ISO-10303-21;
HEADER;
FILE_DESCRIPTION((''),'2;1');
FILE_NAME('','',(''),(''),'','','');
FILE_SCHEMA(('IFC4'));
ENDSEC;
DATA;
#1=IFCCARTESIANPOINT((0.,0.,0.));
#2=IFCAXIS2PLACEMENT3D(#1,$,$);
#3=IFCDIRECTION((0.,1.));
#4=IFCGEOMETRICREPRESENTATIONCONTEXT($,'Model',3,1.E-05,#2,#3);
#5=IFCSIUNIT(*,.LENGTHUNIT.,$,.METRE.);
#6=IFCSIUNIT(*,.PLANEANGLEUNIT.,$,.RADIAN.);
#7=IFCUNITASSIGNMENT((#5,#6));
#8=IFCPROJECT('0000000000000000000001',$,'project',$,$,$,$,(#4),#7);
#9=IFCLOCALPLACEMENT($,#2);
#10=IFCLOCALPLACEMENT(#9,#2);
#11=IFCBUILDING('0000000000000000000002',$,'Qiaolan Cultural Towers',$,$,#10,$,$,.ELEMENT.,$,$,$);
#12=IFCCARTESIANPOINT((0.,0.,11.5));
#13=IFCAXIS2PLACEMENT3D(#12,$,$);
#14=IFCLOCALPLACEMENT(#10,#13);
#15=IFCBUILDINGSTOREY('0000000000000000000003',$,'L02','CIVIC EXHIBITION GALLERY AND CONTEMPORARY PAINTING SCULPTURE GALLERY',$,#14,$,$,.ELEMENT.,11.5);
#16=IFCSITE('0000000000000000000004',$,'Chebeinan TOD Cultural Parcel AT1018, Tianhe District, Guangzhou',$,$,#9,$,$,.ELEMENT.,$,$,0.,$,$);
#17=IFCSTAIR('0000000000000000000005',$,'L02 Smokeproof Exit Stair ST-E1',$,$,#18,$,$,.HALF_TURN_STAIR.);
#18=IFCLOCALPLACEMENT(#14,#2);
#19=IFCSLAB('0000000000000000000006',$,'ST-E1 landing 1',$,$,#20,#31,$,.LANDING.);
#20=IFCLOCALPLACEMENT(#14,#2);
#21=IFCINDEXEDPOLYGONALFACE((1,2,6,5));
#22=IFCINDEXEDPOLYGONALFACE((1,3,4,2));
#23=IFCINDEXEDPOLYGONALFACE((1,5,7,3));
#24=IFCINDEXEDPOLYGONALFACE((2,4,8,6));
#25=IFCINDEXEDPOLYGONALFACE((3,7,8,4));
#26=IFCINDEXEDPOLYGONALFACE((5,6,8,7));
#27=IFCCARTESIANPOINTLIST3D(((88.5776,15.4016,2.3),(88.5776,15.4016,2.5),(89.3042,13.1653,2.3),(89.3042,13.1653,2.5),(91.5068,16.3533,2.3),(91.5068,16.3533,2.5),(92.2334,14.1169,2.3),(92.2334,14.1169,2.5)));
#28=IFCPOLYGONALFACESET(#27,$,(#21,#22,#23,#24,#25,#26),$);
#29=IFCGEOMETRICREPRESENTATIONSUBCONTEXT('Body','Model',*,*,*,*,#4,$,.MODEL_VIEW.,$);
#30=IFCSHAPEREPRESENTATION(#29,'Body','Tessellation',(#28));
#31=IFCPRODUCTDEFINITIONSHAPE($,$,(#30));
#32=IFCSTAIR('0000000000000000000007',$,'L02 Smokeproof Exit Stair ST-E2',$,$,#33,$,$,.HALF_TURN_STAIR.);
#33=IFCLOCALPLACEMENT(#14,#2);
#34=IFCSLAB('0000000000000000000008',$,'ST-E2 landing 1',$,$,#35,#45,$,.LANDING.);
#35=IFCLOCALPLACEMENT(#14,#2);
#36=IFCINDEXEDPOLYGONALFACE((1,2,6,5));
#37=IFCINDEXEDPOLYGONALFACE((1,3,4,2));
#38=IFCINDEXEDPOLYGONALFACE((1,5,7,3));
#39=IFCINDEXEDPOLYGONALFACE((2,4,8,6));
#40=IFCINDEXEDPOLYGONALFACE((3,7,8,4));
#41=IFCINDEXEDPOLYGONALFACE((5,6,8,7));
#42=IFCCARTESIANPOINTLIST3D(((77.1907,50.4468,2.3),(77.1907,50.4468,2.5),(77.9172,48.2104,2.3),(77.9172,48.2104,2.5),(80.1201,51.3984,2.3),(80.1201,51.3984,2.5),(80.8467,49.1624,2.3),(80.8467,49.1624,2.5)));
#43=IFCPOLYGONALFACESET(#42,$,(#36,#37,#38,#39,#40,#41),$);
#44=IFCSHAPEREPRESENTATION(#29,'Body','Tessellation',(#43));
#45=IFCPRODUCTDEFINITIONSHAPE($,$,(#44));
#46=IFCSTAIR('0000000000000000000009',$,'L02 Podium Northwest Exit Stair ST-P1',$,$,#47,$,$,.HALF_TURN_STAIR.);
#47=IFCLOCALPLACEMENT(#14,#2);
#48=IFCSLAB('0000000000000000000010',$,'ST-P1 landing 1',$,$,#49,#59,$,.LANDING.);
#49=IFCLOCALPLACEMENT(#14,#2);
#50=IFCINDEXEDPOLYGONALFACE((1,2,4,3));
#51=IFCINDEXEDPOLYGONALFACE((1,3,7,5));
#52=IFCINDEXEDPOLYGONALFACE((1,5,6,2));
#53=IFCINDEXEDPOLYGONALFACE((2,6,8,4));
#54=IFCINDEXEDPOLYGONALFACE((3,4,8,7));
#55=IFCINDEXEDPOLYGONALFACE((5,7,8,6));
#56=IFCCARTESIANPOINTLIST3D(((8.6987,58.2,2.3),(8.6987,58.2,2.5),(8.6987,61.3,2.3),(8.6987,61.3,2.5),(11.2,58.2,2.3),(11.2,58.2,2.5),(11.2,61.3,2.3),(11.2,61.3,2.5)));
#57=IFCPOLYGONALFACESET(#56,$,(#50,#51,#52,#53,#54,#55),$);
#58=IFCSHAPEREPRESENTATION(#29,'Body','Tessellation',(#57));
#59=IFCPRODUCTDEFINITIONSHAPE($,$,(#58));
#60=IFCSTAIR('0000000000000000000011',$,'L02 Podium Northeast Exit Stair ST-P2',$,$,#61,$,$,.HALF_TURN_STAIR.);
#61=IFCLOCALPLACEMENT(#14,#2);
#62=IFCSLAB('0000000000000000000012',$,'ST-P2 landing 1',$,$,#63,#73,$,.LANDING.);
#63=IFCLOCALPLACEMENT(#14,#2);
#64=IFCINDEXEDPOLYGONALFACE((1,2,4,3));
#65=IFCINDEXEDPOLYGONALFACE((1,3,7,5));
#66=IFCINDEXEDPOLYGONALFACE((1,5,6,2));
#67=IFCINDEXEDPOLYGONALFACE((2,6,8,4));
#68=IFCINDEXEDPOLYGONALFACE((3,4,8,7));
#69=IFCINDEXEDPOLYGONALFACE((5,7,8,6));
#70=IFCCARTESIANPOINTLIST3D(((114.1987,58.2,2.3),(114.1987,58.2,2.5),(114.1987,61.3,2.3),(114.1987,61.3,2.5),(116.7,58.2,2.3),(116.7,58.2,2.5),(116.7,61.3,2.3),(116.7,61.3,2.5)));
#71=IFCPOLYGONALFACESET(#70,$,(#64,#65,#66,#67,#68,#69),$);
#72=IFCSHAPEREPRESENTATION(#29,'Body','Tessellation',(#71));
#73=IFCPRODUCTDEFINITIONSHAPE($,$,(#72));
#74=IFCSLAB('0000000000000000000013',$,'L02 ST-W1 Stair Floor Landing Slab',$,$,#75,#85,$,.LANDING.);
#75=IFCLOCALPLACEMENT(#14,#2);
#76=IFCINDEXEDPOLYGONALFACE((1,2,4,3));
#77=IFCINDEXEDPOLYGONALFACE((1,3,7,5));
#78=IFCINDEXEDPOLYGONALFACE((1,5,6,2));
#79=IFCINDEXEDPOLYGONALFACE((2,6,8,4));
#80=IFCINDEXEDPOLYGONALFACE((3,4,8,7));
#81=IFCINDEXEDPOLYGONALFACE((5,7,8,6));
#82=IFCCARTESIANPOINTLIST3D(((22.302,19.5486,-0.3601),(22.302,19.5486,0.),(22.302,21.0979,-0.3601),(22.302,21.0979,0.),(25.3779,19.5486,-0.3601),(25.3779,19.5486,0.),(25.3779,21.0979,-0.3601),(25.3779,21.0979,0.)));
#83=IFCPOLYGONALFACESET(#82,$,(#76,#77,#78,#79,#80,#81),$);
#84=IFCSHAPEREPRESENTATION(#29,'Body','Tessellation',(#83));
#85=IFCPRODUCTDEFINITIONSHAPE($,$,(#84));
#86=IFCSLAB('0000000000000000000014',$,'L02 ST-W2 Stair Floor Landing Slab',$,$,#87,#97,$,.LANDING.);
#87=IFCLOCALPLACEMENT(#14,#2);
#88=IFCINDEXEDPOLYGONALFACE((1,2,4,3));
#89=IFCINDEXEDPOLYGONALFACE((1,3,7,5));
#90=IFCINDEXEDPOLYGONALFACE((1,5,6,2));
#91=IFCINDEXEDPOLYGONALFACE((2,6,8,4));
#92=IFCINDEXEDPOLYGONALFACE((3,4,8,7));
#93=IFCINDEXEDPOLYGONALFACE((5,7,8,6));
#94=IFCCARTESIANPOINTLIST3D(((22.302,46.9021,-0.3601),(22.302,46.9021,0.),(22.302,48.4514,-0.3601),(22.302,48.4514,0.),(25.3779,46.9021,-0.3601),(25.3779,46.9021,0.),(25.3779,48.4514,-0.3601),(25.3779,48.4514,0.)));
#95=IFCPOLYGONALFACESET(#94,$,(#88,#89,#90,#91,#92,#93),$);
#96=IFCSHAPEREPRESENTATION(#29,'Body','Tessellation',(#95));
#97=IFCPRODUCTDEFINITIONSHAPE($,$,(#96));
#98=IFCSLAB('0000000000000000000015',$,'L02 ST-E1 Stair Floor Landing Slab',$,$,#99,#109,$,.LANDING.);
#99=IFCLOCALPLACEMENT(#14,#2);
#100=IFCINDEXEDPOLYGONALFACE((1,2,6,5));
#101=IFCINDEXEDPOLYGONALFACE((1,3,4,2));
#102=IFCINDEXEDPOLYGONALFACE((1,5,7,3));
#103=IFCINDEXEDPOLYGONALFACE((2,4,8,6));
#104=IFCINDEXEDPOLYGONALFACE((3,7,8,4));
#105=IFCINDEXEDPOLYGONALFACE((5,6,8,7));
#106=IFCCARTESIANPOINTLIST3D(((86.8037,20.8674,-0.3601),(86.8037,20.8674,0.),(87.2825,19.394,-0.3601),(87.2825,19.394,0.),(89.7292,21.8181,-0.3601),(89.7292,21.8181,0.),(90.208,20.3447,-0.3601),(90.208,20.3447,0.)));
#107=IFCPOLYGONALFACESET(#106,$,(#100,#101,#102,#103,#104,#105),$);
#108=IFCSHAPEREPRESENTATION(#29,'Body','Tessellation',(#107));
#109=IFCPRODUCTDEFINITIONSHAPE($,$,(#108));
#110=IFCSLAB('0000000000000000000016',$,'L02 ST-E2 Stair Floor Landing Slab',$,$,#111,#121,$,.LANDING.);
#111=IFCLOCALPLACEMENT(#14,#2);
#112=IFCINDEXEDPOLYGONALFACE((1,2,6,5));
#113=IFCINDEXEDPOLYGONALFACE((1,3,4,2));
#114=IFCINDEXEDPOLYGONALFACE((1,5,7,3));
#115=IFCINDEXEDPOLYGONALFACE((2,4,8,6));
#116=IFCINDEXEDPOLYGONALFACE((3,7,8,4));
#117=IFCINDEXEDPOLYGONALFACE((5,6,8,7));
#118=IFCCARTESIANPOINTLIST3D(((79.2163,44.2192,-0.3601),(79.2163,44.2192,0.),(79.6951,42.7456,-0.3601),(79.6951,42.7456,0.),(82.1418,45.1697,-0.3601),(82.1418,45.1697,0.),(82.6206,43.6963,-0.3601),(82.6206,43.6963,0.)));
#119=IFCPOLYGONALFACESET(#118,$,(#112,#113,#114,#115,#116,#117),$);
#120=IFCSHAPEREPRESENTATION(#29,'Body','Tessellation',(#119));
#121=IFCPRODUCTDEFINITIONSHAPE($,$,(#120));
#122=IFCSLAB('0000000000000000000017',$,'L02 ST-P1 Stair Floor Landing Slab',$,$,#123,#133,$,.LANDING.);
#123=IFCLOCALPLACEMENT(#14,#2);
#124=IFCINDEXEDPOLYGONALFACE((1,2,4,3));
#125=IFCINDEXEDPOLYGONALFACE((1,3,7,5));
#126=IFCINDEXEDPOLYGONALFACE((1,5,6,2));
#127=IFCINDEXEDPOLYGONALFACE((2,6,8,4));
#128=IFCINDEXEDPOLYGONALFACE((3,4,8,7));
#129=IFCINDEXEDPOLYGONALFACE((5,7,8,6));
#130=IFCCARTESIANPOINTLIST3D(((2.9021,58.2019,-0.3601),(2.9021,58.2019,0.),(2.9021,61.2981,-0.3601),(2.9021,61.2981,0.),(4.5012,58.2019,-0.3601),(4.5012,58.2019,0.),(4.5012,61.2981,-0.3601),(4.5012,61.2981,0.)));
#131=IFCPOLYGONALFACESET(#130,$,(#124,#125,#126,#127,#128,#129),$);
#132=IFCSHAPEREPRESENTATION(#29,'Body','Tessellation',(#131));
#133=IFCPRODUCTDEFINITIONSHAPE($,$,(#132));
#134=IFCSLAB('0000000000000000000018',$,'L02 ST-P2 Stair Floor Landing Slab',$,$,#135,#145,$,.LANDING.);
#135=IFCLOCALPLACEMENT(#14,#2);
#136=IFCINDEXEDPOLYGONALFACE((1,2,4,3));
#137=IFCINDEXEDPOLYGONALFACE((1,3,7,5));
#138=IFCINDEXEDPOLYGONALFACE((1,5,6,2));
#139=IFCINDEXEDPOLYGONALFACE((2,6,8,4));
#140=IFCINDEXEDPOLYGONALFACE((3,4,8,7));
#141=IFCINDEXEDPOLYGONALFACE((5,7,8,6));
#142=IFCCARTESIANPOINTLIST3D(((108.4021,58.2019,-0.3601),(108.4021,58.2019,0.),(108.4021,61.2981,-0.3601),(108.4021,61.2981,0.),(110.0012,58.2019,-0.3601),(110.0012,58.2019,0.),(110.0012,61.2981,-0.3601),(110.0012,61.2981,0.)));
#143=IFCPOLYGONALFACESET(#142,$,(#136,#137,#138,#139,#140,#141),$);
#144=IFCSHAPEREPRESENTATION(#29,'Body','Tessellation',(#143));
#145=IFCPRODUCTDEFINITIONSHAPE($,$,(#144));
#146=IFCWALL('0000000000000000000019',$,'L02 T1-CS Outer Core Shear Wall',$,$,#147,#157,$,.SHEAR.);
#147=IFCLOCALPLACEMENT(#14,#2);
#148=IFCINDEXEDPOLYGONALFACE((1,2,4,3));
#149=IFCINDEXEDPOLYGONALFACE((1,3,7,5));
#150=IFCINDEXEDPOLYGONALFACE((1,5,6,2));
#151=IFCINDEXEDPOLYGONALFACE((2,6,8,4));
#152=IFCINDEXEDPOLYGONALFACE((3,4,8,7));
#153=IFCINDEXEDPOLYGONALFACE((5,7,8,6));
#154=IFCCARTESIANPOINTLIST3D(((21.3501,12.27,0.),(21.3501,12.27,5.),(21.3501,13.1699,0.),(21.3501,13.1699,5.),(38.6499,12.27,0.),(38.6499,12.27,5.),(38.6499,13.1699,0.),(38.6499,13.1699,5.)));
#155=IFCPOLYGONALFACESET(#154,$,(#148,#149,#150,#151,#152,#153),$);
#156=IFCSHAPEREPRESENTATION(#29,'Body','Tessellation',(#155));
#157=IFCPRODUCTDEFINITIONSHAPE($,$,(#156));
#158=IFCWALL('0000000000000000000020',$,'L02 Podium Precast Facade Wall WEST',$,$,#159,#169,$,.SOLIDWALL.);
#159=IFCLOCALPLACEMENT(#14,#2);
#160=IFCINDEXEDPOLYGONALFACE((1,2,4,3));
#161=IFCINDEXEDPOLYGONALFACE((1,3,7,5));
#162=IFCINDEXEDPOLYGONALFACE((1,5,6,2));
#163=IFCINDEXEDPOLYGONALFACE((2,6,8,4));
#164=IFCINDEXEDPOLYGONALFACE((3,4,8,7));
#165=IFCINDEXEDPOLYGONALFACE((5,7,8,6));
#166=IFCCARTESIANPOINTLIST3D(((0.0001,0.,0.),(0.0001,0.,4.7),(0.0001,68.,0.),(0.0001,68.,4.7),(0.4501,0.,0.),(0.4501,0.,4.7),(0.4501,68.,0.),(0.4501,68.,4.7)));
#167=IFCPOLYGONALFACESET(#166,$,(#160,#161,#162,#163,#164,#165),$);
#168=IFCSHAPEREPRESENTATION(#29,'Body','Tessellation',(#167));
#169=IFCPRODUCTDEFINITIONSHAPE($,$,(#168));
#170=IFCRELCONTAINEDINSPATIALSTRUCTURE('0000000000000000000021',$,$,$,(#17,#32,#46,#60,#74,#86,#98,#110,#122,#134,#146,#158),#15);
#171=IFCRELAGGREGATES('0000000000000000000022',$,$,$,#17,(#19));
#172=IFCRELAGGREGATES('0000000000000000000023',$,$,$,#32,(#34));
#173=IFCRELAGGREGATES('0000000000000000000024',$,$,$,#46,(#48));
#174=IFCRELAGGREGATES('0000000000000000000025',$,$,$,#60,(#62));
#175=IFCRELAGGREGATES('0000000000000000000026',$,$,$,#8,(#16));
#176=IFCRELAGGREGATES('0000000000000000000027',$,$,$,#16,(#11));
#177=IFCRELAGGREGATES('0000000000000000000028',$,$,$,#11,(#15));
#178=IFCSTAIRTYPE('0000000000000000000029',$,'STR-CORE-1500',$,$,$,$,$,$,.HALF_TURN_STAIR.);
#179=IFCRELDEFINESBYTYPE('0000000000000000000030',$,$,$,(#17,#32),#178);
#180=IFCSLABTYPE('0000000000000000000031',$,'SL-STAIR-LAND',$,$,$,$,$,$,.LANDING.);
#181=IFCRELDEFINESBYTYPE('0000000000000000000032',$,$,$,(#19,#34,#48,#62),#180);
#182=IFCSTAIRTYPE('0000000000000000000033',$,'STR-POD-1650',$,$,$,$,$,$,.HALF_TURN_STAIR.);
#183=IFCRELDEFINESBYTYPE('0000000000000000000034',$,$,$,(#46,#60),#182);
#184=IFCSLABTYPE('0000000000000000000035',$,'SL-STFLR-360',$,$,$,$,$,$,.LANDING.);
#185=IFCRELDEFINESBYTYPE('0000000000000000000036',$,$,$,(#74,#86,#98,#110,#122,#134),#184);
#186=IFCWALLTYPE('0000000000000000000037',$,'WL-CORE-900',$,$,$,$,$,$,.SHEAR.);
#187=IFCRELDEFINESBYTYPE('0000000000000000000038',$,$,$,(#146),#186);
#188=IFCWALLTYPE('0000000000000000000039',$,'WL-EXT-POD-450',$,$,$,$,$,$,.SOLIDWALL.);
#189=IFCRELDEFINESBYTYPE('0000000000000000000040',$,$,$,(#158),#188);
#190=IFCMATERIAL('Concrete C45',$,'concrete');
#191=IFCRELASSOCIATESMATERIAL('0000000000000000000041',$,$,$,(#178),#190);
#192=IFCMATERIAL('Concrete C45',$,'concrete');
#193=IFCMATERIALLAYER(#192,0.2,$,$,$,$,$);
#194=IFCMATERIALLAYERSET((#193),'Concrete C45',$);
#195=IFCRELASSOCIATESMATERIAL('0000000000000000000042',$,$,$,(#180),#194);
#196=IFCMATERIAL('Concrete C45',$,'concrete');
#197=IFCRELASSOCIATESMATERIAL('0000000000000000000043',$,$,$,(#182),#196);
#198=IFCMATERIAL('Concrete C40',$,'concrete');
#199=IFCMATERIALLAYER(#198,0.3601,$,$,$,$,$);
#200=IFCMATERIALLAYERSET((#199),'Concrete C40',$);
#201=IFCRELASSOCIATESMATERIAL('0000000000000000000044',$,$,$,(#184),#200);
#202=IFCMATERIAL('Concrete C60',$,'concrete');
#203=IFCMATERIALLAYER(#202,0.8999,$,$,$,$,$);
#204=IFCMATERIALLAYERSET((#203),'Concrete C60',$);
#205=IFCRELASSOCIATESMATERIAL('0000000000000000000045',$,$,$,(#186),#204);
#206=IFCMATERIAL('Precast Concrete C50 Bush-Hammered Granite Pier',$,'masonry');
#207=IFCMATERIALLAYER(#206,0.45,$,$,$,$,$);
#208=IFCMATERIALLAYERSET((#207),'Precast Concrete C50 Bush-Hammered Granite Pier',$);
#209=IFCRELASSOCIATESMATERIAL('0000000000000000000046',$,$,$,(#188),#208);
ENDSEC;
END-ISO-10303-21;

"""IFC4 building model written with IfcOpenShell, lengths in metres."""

from ifc_helpers import new_model, si_unit, direction, frame, frame_2d, origin, place, context, subcontext, project, spatial, polyline, rectangle, outline, extrude, material, layer, layer_set, type_object, element, aggregate, save


model = new_model("IFC4")

# Units and contexts
model_context = context("Model", 3, precision=1e-05, world=origin(), true_north=direction((0.0, 1.0)))
body_context = subcontext(model_context, "Body", "Model", "MODEL_VIEW")
ifc_project = project(units=[si_unit("LENGTHUNIT", "METRE"), si_unit("PLANEANGLEUNIT", "RADIAN")], contexts=[model_context])

# Site, building, storey
site_placement = place(None, origin())
site = spatial("IfcSite", under=ifc_project, at=site_placement, Name="Chebeinan TOD Cultural Parcel AT1018, Tianhe District, Guangzhou", CompositionType="ELEMENT", RefElevation=0.0)
building_placement = place(site_placement, origin())
building = spatial("IfcBuilding", under=site, at=building_placement, Name="Qiaolan Cultural Towers", CompositionType="ELEMENT")
storey_placement = place(building_placement, frame((0.0, 0.0, 11.5)))
storey = spatial("IfcBuildingStorey", under=building, at=storey_placement, Name="L02", Description="CIVIC EXHIBITION GALLERY AND CONTEMPORARY PAINTING SCULPTURE GALLERY", CompositionType="ELEMENT", Elevation=11.5)

# Stairs, slabs
ifc_material_1 = material(Name="Concrete C45", Category="concrete")
stair_type_1 = type_object("IfcStairType", Name="STR-CORE-1500", PredefinedType="HALF_TURN_STAIR", material=ifc_material_1)
ifc_material_2 = material(Name="Concrete C45", Category="concrete")
ifc_layer_1 = layer(ifc_material_2, 0.2)
ifc_layer_set_1 = layer_set([ifc_layer_1], Name="Concrete C45")
slab_type_1 = type_object("IfcSlabType", Name="SL-STAIR-LAND", PredefinedType="LANDING", material=ifc_layer_set_1)
stair_1_placement = place(storey_placement, origin())
stair_1 = element("IfcStair", 1, at=stair_1_placement, inside=storey, type_object=stair_type_1, Name="L02 Smokeproof Exit Stair ST-E1", PredefinedType="HALF_TURN_STAIR")
slab_1_placement = place(storey_placement, frame((0.0, 0.0, 2.3)))
slab_1 = element("IfcSlab", 2, at=slab_1_placement, type_object=slab_type_1, Name="ST-E1 landing 1", PredefinedType="LANDING", context=body_context, shape_type="SweptSolid", body=[
    extrude(outline(polyline([(88.5776, 15.4016), (89.3042, 13.1653), (92.2334, 14.1169), (91.5068, 16.3533), (88.5776, 15.4016)])), origin(), (0.0, 0.0, 1.0), 0.2),
])
aggregate(stair_1, [slab_1])
stair_2_placement = place(storey_placement, origin())
stair_2 = element("IfcStair", 3, at=stair_2_placement, inside=storey, type_object=stair_type_1, Name="L02 Smokeproof Exit Stair ST-E2", PredefinedType="HALF_TURN_STAIR")
slab_2_placement = place(storey_placement, frame((0.0, 0.0, 2.3)))
slab_2 = element("IfcSlab", 4, at=slab_2_placement, type_object=slab_type_1, Name="ST-E2 landing 1", PredefinedType="LANDING", context=body_context, shape_type="SweptSolid", body=[
    extrude(outline(polyline([(80.8467, 49.1624), (80.1201, 51.3984), (77.1907, 50.4468), (77.9172, 48.2104), (80.8467, 49.1624)])), origin(), (0.0, 0.0, 1.0), 0.2),
])
aggregate(stair_2, [slab_2])
ifc_material_3 = material(Name="Concrete C45", Category="concrete")
stair_type_2 = type_object("IfcStairType", Name="STR-POD-1650", PredefinedType="HALF_TURN_STAIR", material=ifc_material_3)
stair_3_placement = place(storey_placement, origin())
stair_3 = element("IfcStair", 5, at=stair_3_placement, inside=storey, type_object=stair_type_2, Name="L02 Podium Northwest Exit Stair ST-P1", PredefinedType="HALF_TURN_STAIR")
slab_3_placement = place(storey_placement, frame((0.0, 0.0, 2.3)))
slab_3 = element("IfcSlab", 6, at=slab_3_placement, type_object=slab_type_1, Name="ST-P1 landing 1", PredefinedType="LANDING", context=body_context, shape_type="SweptSolid", body=[
    extrude(outline(polyline([(8.6987, 58.2), (11.2, 58.2), (11.2, 61.3), (8.6987, 61.3), (8.6987, 58.2)])), origin(), (0.0, 0.0, 1.0), 0.2),
])
aggregate(stair_3, [slab_3])
stair_4_placement = place(storey_placement, origin())
stair_4 = element("IfcStair", 7, at=stair_4_placement, inside=storey, type_object=stair_type_2, Name="L02 Podium Northeast Exit Stair ST-P2", PredefinedType="HALF_TURN_STAIR")
slab_4_placement = place(storey_placement, frame((0.0, 0.0, 2.3)))
slab_4 = element("IfcSlab", 8, at=slab_4_placement, type_object=slab_type_1, Name="ST-P2 landing 1", PredefinedType="LANDING", context=body_context, shape_type="SweptSolid", body=[
    extrude(outline(polyline([(114.1987, 58.2), (116.7, 58.2), (116.7, 61.3), (114.1987, 61.3), (114.1987, 58.2)])), origin(), (0.0, 0.0, 1.0), 0.2),
])
aggregate(stair_4, [slab_4])

# Slabs
ifc_material_4 = material(Name="Concrete C40", Category="concrete")
ifc_layer_2 = layer(ifc_material_4, 0.3601)
ifc_layer_set_2 = layer_set([ifc_layer_2], Name="Concrete C40")
slab_type_2 = type_object("IfcSlabType", Name="SL-STFLR-360", PredefinedType="LANDING", material=ifc_layer_set_2)
slab_5_placement = place(storey_placement, frame((0.0, 0.0, -0.3601)))
element("IfcSlab", 9, at=slab_5_placement, inside=storey, type_object=slab_type_2, Name="L02 ST-W1 Stair Floor Landing Slab", PredefinedType="LANDING", context=body_context, shape_type="SweptSolid", body=[
    extrude(outline(polyline([(22.302, 21.0979), (22.302, 19.5486), (25.3779, 19.5486), (25.3779, 21.0979), (22.302, 21.0979)])), origin(), (0.0, 0.0, 1.0), 0.3601),
])
slab_6_placement = place(storey_placement, frame((0.0, 0.0, -0.3601)))
element("IfcSlab", 10, at=slab_6_placement, inside=storey, type_object=slab_type_2, Name="L02 ST-W2 Stair Floor Landing Slab", PredefinedType="LANDING", context=body_context, shape_type="SweptSolid", body=[
    extrude(outline(polyline([(25.3779, 46.9021), (25.3779, 48.4514), (22.302, 48.4514), (22.302, 46.9021), (25.3779, 46.9021)])), origin(), (0.0, 0.0, 1.0), 0.3601),
])
slab_7_placement = place(storey_placement, frame((0.0, 0.0, -0.3601)))
element("IfcSlab", 11, at=slab_7_placement, inside=storey, type_object=slab_type_2, Name="L02 ST-E1 Stair Floor Landing Slab", PredefinedType="LANDING", context=body_context, shape_type="SweptSolid", body=[
    extrude(outline(polyline([(86.8037, 20.8674), (87.2825, 19.394), (90.208, 20.3447), (89.7292, 21.8181), (86.8037, 20.8674)])), origin(), (0.0, 0.0, 1.0), 0.3601),
])
slab_8_placement = place(storey_placement, frame((0.0, 0.0, -0.3601)))
element("IfcSlab", 12, at=slab_8_placement, inside=storey, type_object=slab_type_2, Name="L02 ST-E2 Stair Floor Landing Slab", PredefinedType="LANDING", context=body_context, shape_type="SweptSolid", body=[
    extrude(outline(polyline([(82.6206, 43.6963), (82.1418, 45.1697), (79.2163, 44.2192), (79.6951, 42.7456), (82.6206, 43.6963)])), origin(), (0.0, 0.0, 1.0), 0.3601),
])
slab_9_placement = place(storey_placement, frame((0.0, 0.0, -0.3601)))
element("IfcSlab", 13, at=slab_9_placement, inside=storey, type_object=slab_type_2, Name="L02 ST-P1 Stair Floor Landing Slab", PredefinedType="LANDING", context=body_context, shape_type="SweptSolid", body=[
    extrude(outline(polyline([(2.9021, 58.2019), (4.5012, 58.2019), (4.5012, 61.2981), (2.9021, 61.2981), (2.9021, 58.2019)])), origin(), (0.0, 0.0, 1.0), 0.3601),
])
slab_10_placement = place(storey_placement, frame((0.0, 0.0, -0.3601)))
element("IfcSlab", 14, at=slab_10_placement, inside=storey, type_object=slab_type_2, Name="L02 ST-P2 Stair Floor Landing Slab", PredefinedType="LANDING", context=body_context, shape_type="SweptSolid", body=[
    extrude(outline(polyline([(108.4021, 58.2019), (110.0012, 58.2019), (110.0012, 61.2981), (108.4021, 61.2981), (108.4021, 58.2019)])), origin(), (0.0, 0.0, 1.0), 0.3601),
])

# Walls
ifc_material_5 = material(Name="Concrete C60", Category="concrete")
ifc_layer_3 = layer(ifc_material_5, 0.8999)
ifc_layer_set_3 = layer_set([ifc_layer_3], Name="Concrete C60")
wall_type_1 = type_object("IfcWallType", Name="WL-CORE-900", PredefinedType="SHEAR", material=ifc_layer_set_3)
wall_1_placement = place(storey_placement, frame((21.3501, 12.72, 0.0), z_axis=(0.0, 0.0, 1.0), x_axis=(1.0, 0.0, 0.0)))
element("IfcWall", 15, at=wall_1_placement, inside=storey, type_object=wall_type_1, Name="L02 T1-CS Outer Core Shear Wall", PredefinedType="SHEAR", context=body_context, shape_type="SweptSolid", body=[
    extrude(rectangle(XDim=17.2998, YDim=0.8999, at=frame_2d((8.6499, 0.0))), origin(), (0.0, 0.0, 1.0), 5.0),
])
ifc_material_6 = material(Name="Precast Concrete C50 Bush-Hammered Granite Pier", Category="masonry")
ifc_layer_4 = layer(ifc_material_6, 0.45)
ifc_layer_set_4 = layer_set([ifc_layer_4], Name="Precast Concrete C50 Bush-Hammered Granite Pier")
wall_type_2 = type_object("IfcWallType", Name="WL-EXT-POD-450", PredefinedType="SOLIDWALL", material=ifc_layer_set_4)
wall_2_placement = place(storey_placement, frame((0.2251, 0.0, 0.0), z_axis=(0.0, 0.0, 1.0), x_axis=(0.0, 1.0, 0.0)))
element("IfcWall", 16, at=wall_2_placement, inside=storey, type_object=wall_type_2, Name="L02 Podium Precast Facade Wall WEST", PredefinedType="SOLIDWALL", context=body_context, shape_type="SweptSolid", body=[
    extrude(rectangle(XDim=68.0, YDim=0.45, at=frame_2d((34.0, 0.0))), origin(), (0.0, 0.0, 1.0), 4.7),
])

save(model, "model.ifc")
